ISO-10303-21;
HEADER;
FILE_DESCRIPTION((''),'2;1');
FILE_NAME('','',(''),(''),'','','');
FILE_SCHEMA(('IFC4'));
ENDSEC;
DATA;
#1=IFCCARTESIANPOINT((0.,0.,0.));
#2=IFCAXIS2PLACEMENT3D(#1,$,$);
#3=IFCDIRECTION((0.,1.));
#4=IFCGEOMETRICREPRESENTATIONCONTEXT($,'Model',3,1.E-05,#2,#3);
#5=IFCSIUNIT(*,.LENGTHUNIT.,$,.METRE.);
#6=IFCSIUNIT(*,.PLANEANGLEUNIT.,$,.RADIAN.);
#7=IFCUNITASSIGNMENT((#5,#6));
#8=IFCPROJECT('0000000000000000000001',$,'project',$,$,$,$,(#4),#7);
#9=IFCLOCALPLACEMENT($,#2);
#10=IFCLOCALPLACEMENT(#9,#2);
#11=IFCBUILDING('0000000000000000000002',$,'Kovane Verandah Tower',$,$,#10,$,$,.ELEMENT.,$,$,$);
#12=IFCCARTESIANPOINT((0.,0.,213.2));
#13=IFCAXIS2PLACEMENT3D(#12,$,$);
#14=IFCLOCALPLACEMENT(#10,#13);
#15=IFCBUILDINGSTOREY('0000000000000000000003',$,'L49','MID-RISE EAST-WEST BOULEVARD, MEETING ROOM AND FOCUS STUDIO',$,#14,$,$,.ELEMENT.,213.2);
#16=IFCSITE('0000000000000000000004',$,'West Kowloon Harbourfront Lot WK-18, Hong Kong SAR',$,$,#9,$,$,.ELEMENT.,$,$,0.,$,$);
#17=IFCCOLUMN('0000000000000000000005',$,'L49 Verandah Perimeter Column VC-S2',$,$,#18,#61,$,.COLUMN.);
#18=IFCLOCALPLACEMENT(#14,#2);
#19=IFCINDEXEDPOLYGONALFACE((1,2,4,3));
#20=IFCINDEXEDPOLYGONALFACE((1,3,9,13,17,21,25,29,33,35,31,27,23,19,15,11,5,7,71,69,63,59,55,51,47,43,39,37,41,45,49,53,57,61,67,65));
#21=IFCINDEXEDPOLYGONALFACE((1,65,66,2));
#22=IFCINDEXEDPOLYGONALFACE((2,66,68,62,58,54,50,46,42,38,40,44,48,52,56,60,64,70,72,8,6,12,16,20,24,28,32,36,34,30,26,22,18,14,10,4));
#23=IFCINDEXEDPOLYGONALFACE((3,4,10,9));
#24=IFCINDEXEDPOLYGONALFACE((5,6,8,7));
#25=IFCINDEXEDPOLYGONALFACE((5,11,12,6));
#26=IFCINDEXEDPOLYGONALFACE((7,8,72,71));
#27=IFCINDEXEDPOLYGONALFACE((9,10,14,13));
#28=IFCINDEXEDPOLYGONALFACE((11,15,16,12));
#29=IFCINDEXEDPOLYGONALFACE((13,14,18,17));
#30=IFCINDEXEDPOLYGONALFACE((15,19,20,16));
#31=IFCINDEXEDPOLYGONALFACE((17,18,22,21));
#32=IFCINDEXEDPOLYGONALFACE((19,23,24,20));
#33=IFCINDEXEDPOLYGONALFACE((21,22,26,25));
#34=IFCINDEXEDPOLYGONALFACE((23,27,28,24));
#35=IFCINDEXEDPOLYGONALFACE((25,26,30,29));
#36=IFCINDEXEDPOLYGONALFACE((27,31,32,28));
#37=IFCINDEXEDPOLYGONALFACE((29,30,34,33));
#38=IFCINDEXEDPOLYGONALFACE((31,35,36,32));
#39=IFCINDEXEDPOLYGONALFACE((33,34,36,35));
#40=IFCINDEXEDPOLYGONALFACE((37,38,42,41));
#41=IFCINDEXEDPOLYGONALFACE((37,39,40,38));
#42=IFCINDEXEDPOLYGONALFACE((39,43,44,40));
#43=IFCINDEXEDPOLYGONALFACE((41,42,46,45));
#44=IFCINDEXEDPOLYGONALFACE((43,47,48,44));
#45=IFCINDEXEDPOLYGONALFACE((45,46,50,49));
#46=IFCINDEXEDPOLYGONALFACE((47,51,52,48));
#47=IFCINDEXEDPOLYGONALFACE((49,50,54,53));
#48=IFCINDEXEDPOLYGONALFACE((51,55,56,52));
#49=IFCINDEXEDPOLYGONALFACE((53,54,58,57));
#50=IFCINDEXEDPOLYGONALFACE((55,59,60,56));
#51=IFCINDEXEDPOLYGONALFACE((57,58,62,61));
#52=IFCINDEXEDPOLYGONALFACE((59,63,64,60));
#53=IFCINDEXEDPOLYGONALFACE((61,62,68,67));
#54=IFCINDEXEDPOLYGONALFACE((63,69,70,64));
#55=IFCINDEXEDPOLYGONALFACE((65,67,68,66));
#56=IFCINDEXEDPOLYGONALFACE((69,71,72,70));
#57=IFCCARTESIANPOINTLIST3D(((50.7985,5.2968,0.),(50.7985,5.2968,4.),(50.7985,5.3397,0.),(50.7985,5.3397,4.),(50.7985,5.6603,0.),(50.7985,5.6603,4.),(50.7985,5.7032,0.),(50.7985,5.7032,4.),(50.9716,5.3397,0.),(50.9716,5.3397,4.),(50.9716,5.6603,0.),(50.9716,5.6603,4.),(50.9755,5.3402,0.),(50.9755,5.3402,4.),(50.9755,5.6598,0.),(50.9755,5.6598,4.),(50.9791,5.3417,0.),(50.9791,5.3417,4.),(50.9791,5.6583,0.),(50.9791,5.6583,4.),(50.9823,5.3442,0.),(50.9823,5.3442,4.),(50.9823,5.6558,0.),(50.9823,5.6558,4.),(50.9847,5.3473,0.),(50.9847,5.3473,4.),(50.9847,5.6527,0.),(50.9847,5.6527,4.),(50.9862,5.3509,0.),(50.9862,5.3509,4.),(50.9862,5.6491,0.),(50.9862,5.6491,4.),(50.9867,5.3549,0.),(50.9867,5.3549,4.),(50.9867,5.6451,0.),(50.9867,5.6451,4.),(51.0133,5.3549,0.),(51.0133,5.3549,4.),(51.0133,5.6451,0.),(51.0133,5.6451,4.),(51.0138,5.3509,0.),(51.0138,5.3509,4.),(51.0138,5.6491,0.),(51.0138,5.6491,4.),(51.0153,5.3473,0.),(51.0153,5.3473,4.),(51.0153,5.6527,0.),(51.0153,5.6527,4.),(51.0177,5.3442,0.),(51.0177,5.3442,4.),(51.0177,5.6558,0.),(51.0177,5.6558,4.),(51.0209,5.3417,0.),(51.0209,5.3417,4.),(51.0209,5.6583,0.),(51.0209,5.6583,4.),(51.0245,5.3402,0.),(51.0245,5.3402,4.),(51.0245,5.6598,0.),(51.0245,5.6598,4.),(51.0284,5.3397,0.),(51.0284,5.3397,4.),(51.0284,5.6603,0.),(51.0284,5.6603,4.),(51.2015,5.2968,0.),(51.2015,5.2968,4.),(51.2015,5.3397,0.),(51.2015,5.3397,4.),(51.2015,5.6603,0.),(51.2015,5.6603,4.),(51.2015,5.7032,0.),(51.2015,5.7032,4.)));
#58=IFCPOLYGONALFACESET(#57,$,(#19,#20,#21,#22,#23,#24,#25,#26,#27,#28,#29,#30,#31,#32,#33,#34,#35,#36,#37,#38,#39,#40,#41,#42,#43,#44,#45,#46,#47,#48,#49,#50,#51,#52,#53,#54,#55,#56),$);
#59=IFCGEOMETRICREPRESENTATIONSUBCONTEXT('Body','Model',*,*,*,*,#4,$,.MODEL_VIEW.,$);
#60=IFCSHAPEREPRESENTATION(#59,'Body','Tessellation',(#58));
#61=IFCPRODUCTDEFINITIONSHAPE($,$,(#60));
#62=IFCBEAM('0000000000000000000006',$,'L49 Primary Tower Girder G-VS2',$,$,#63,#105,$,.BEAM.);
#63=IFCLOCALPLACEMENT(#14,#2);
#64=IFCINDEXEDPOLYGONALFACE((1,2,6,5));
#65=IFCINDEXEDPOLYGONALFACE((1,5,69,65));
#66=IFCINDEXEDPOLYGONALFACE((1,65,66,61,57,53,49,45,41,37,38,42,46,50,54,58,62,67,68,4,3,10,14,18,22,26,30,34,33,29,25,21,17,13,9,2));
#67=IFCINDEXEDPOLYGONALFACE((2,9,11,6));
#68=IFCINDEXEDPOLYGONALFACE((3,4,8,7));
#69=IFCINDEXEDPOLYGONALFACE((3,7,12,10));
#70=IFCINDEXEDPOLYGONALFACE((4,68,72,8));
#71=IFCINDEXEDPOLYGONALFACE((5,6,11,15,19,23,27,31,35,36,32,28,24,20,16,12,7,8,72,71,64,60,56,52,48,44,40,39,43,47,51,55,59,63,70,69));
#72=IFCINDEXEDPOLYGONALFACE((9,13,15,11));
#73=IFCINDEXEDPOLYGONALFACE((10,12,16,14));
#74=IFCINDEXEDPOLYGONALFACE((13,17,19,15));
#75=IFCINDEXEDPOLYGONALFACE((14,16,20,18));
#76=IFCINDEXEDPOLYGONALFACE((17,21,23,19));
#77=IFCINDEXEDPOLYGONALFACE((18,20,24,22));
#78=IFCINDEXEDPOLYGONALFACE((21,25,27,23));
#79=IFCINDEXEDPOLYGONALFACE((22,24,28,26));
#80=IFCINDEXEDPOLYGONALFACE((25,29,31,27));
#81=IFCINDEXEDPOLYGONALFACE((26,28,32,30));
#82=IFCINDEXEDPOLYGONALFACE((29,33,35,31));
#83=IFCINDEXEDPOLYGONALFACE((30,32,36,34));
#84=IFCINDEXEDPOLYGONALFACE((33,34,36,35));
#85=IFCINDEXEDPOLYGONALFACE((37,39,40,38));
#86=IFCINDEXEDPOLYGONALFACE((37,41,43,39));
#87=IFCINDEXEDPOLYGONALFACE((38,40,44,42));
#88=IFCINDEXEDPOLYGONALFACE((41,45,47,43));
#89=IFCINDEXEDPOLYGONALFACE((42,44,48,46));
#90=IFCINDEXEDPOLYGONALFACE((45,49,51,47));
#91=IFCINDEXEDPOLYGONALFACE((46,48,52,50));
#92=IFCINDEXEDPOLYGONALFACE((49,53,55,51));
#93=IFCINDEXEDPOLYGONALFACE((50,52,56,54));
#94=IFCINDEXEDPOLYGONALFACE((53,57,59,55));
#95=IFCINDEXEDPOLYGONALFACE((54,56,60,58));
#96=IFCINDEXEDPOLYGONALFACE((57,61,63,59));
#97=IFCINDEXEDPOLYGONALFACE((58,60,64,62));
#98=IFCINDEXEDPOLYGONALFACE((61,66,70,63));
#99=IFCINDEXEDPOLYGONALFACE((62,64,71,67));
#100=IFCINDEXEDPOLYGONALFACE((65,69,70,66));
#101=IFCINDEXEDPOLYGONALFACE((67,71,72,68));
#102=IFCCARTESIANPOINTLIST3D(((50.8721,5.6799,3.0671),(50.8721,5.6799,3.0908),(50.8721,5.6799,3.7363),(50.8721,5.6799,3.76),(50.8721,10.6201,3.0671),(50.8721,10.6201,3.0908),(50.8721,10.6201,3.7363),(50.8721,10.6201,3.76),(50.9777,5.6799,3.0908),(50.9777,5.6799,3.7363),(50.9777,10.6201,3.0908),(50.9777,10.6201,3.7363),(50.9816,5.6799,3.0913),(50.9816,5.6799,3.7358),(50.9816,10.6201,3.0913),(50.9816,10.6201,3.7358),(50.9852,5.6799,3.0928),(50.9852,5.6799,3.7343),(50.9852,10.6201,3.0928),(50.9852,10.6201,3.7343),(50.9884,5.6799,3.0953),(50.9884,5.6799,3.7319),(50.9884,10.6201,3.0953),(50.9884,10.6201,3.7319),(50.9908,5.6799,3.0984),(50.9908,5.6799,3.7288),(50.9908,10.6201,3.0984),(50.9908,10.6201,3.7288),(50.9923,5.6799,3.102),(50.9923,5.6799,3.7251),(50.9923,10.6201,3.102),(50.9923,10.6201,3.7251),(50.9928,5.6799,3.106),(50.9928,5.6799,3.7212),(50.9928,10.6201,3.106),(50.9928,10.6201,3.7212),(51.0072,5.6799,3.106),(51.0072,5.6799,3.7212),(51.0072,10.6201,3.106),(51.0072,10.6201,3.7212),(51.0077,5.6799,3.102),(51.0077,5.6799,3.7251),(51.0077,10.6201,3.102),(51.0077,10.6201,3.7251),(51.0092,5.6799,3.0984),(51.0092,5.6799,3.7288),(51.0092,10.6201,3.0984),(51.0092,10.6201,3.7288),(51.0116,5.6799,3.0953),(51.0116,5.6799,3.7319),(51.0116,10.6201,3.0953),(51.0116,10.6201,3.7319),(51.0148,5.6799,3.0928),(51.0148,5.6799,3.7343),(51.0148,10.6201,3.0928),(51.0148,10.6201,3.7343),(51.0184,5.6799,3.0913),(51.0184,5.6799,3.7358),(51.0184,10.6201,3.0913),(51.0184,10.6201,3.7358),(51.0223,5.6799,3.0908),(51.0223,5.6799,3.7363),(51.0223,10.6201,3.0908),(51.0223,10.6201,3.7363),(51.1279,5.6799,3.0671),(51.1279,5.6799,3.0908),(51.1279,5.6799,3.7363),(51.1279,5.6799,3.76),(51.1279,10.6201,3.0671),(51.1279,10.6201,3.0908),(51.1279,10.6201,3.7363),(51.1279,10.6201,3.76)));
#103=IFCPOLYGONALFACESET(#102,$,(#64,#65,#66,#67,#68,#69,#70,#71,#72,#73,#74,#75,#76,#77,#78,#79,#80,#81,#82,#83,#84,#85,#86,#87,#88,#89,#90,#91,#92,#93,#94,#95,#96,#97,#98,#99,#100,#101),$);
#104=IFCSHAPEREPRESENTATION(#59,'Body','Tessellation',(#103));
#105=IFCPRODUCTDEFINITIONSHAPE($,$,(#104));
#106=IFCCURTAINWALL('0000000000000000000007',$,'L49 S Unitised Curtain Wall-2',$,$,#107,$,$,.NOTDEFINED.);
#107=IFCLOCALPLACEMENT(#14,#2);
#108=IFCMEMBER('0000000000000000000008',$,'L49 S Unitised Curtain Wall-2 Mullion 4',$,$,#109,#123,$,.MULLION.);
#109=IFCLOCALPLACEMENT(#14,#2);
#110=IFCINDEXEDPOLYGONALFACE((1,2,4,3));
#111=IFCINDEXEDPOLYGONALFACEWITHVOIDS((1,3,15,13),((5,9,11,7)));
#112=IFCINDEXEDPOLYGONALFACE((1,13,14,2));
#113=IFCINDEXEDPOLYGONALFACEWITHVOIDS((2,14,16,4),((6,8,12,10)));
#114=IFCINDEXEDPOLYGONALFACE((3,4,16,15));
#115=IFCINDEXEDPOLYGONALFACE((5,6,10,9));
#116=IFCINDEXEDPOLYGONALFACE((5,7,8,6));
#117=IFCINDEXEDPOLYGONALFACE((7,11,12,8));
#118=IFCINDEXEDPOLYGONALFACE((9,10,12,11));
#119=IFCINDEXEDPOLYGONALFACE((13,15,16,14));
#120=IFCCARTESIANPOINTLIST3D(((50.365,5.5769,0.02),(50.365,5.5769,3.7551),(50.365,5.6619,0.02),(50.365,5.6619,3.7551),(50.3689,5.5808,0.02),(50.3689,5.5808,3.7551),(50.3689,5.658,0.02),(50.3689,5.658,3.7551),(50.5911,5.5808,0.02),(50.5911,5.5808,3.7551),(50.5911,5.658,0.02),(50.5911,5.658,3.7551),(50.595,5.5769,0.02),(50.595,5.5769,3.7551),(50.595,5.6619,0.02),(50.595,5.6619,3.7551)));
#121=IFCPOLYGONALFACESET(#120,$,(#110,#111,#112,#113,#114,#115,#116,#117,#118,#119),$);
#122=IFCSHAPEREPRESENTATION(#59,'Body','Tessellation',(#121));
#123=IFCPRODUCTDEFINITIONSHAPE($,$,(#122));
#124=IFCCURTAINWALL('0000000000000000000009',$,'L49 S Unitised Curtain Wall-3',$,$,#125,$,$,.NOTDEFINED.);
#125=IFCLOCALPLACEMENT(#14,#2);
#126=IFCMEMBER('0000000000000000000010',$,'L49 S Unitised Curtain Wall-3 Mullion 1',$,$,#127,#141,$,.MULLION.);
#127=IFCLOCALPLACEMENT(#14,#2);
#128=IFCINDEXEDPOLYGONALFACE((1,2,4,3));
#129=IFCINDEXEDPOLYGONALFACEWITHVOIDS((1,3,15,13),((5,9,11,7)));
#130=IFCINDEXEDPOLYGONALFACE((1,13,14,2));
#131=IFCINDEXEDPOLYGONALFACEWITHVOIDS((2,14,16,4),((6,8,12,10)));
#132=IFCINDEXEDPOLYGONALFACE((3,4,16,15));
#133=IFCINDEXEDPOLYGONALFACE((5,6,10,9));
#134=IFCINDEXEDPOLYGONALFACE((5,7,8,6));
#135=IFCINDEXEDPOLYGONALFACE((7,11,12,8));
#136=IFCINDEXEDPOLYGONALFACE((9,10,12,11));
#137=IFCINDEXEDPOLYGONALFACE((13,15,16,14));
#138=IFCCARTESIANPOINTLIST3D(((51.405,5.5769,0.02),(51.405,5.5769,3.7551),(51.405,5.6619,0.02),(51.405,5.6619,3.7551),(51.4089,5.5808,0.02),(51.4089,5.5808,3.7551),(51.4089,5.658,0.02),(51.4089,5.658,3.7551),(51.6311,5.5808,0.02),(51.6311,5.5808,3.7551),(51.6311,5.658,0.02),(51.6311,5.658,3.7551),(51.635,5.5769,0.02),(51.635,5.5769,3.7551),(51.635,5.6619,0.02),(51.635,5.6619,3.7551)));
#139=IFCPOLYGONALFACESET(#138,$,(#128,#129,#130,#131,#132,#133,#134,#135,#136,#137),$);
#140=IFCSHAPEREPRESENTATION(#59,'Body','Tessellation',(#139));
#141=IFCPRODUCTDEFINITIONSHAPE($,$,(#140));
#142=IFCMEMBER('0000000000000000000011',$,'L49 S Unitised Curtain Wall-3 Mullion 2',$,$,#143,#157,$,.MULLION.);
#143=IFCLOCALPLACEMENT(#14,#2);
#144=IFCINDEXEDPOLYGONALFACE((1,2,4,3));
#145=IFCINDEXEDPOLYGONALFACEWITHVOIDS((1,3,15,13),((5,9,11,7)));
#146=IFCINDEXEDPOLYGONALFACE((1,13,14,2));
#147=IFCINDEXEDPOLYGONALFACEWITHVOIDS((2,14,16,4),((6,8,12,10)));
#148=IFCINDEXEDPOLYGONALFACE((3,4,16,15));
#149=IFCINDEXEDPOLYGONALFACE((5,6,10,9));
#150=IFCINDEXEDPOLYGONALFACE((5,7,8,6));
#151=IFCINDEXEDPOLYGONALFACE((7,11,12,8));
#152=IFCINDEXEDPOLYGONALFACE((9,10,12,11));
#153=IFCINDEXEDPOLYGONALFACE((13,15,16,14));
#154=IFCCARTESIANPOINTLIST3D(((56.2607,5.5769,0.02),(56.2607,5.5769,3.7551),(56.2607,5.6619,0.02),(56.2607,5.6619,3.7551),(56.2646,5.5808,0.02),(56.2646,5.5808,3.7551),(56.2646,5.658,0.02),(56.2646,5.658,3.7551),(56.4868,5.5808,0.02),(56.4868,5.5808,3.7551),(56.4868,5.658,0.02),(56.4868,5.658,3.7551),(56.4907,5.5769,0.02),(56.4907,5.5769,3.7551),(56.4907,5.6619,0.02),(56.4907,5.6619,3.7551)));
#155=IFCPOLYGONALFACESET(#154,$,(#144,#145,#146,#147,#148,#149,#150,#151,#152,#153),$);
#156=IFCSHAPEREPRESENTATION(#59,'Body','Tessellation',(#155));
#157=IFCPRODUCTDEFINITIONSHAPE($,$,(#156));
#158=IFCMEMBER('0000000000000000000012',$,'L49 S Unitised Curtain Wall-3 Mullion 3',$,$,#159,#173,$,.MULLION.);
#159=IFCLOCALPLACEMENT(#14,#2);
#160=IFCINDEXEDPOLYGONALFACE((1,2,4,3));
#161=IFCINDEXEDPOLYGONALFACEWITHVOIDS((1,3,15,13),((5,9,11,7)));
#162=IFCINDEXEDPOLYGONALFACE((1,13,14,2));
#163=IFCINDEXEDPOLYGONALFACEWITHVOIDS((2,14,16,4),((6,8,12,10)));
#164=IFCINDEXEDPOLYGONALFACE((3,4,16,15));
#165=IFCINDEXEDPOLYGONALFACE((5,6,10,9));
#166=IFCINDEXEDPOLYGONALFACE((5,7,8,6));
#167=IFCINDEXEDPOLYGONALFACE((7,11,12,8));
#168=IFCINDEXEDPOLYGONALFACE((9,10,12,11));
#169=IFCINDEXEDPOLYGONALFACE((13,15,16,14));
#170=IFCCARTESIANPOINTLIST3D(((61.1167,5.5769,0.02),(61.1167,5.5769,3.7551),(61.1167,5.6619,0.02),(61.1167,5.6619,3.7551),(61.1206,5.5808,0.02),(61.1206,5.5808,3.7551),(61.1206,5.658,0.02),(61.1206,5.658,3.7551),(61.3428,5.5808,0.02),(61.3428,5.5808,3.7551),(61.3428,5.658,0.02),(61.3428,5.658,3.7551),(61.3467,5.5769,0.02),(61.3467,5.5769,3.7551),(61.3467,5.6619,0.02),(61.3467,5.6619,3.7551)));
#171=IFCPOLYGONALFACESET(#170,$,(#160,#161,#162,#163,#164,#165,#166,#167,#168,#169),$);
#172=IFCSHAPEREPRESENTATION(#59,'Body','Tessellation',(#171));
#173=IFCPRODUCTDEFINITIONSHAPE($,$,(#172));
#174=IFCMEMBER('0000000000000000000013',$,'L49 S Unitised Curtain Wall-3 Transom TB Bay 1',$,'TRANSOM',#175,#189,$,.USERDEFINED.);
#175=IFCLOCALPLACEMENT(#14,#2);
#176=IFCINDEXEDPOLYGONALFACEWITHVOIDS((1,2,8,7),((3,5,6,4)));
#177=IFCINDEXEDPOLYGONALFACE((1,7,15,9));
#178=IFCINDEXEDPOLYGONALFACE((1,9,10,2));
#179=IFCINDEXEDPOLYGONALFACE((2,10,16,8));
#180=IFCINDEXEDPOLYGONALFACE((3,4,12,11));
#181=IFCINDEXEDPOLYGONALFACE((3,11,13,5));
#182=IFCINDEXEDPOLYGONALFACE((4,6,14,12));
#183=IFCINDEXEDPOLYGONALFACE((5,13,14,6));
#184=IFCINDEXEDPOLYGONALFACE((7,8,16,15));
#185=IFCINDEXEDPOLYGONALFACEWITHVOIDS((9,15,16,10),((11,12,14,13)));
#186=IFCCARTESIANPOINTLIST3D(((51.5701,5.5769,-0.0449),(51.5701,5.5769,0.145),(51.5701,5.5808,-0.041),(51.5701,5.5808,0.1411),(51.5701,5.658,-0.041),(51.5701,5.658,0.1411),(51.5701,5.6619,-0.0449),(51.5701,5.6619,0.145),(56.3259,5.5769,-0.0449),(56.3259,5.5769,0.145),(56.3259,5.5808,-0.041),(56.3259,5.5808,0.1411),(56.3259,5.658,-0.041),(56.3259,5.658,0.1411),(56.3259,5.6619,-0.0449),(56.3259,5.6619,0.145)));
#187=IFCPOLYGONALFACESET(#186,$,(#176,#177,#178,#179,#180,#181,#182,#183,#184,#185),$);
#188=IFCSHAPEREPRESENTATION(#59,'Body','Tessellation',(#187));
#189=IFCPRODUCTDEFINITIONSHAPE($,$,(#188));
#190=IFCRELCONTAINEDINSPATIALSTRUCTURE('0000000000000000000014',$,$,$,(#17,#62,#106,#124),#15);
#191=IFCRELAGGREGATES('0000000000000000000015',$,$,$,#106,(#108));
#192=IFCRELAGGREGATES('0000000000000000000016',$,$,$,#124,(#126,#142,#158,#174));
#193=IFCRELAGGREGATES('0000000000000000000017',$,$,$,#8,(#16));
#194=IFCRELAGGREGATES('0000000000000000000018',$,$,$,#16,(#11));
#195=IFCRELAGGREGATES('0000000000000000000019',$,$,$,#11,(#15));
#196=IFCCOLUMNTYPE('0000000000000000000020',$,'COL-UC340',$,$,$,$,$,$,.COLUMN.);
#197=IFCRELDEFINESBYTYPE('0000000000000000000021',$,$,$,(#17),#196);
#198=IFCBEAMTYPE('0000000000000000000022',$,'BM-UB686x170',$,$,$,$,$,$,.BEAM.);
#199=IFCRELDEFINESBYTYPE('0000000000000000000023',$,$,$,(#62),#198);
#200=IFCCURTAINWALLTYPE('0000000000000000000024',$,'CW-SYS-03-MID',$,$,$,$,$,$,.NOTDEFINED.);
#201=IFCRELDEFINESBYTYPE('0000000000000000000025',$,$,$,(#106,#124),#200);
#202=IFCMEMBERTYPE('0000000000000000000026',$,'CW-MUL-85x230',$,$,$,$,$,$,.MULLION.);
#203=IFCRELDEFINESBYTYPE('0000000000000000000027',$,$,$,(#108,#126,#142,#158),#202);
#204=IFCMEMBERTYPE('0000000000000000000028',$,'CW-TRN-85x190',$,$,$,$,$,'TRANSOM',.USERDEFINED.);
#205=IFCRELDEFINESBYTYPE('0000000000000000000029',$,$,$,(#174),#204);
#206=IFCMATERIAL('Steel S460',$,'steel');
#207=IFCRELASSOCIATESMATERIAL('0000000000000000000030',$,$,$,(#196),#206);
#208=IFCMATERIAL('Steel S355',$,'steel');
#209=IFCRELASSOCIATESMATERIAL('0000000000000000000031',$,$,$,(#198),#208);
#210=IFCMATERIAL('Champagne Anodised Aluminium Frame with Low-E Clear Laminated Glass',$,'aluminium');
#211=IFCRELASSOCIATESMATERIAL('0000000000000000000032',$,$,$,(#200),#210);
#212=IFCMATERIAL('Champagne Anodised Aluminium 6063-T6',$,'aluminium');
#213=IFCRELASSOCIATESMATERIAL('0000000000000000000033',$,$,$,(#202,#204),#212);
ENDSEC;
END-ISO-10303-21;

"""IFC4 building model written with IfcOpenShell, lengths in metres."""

from ifc_helpers import new_model, si_unit, direction, frame, origin, origin_2d, place, context, subcontext, project, spatial, hollow_rectangle, i_section, extrude, material, material_profile, profile_set, type_object, element, aggregate, save


model = new_model("IFC4")

# Units and contexts
model_context = context("Model", 3, precision=1e-05, world=origin(), true_north=direction((0.0, 1.0)))
body_context = subcontext(model_context, "Body", "Model", "MODEL_VIEW")
ifc_project = project(units=[si_unit("LENGTHUNIT", "METRE"), si_unit("PLANEANGLEUNIT", "RADIAN")], contexts=[model_context])

# Site, building, storey
site_placement = place(None, origin())
site = spatial("IfcSite", under=ifc_project, at=site_placement, Name="West Kowloon Harbourfront Lot WK-18, Hong Kong SAR", CompositionType="ELEMENT", RefElevation=0.0)
building_placement = place(site_placement, origin())
building = spatial("IfcBuilding", under=site, at=building_placement, Name="Kovane Verandah Tower", CompositionType="ELEMENT")
storey_placement = place(building_placement, frame((0.0, 0.0, 213.2)))
storey = spatial("IfcBuildingStorey", under=building, at=storey_placement, Name="L49", Description="MID-RISE EAST-WEST BOULEVARD, MEETING ROOM AND FOCUS STUDIO", CompositionType="ELEMENT", Elevation=213.2)

# Column
ifc_material_1 = material(Name="Steel S460", Category="steel")
ifc_material_profile_1 = material_profile(ifc_material_1, i_section(OverallWidth=0.4031, OverallDepth=0.4065, WebThickness=0.0266, FlangeThickness=0.043, FilletRadius=0.0151, at=origin_2d()), Name="UC356x406x340")
ifc_profile_set_1 = profile_set([ifc_material_profile_1], Name="Steel S460")
column_type = type_object("IfcColumnType", Name="COL-UC340", PredefinedType="COLUMN", material=ifc_profile_set_1)
column_placement = place(storey_placement, frame((51.0, 5.5, 0.0), z_axis=(0.0, 0.0, 1.0), x_axis=(1.0, 0.0, 0.0)))
element("IfcColumn", 1, at=column_placement, inside=storey, type_object=column_type, Name="L49 Verandah Perimeter Column VC-S2", PredefinedType="COLUMN", context=body_context, shape_type="SweptSolid", body=[
    extrude(i_section(OverallWidth=0.4031, OverallDepth=0.4065, WebThickness=0.0266, FlangeThickness=0.043, FilletRadius=0.0151, at=origin_2d()), origin(), (0.0, 0.0, 1.0), 4.0),
])

# Beam
ifc_material_2 = material(Name="Steel S355", Category="steel")
ifc_material_profile_2 = material_profile(ifc_material_2, i_section(OverallWidth=0.2559, OverallDepth=0.6929, WebThickness=0.0144, FlangeThickness=0.0237, FilletRadius=0.0151, at=origin_2d()), Name="UB686x254x170")
ifc_profile_set_2 = profile_set([ifc_material_profile_2], Name="Steel S355")
beam_type = type_object("IfcBeamType", Name="BM-UB686x170", PredefinedType="BEAM", material=ifc_profile_set_2)
beam_placement = place(storey_placement, frame((51.0, 10.6201, 3.4136), z_axis=(0.0, -1.0, 0.0), x_axis=(1.0, 0.0, 0.0)))
element("IfcBeam", 2, at=beam_placement, inside=storey, type_object=beam_type, Name="L49 Primary Tower Girder G-VS2", PredefinedType="BEAM", context=body_context, shape_type="SweptSolid", body=[
    extrude(i_section(OverallWidth=0.2559, OverallDepth=0.6929, WebThickness=0.0144, FlangeThickness=0.0237, FilletRadius=0.0151, at=origin_2d()), origin(), (0.0, 0.0, 1.0), 4.9402),
])

# Curtain wall, member
ifc_material_3 = material(Name="Champagne Anodised Aluminium Frame with Low-E Clear Laminated Glass", Category="aluminium")
curtain_wall_type = type_object("IfcCurtainWallType", Name="CW-SYS-03-MID", PredefinedType="NOTDEFINED", material=ifc_material_3)
curtain_wall_1_placement = place(storey_placement, origin())
curtain_wall_1 = element("IfcCurtainWall", 3, at=curtain_wall_1_placement, inside=storey, type_object=curtain_wall_type, Name="L49 S Unitised Curtain Wall-2", PredefinedType="NOTDEFINED")
ifc_material_4 = material(Name="Champagne Anodised Aluminium 6063-T6", Category="aluminium")
ifc_material_profile_3 = material_profile(ifc_material_4, hollow_rectangle(XDim=0.085, YDim=0.23, WallThickness=0.0039, at=origin_2d()), Name="AL85x230x4")
ifc_profile_set_3 = profile_set([ifc_material_profile_3], Name="Champagne Anodised Aluminium 6063-T6")
member_type_1 = type_object("IfcMemberType", Name="CW-MUL-85x230", PredefinedType="MULLION", material=ifc_profile_set_3)
member_1_placement = place(storey_placement, frame((50.48, 5.6194, 0.02), z_axis=(0.0, 0.0, 1.0), x_axis=(0.0, -1.0, 0.0)))
member_1 = element("IfcMember", 4, at=member_1_placement, type_object=member_type_1, Name="L49 S Unitised Curtain Wall-2 Mullion 4", PredefinedType="MULLION", context=body_context, shape_type="SweptSolid", body=[
    extrude(hollow_rectangle(XDim=0.085, YDim=0.23, WallThickness=0.0039, at=origin_2d()), origin(), (0.0, 0.0, 1.0), 3.7351),
])
aggregate(curtain_wall_1, [member_1])

# Curtain wall, members
curtain_wall_2_placement = place(storey_placement, origin())
curtain_wall_2 = element("IfcCurtainWall", 5, at=curtain_wall_2_placement, inside=storey, type_object=curtain_wall_type, Name="L49 S Unitised Curtain Wall-3", PredefinedType="NOTDEFINED")
member_2_placement = place(storey_placement, frame((51.52, 5.6194, 0.02), z_axis=(0.0, 0.0, 1.0), x_axis=(0.0, -1.0, 0.0)))
member_2 = element("IfcMember", 6, at=member_2_placement, type_object=member_type_1, Name="L49 S Unitised Curtain Wall-3 Mullion 1", PredefinedType="MULLION", context=body_context, shape_type="SweptSolid", body=[
    extrude(hollow_rectangle(XDim=0.085, YDim=0.23, WallThickness=0.0039, at=origin_2d()), origin(), (0.0, 0.0, 1.0), 3.7351),
])
member_3_placement = place(storey_placement, frame((56.3757, 5.6194, 0.02), z_axis=(0.0, 0.0, 1.0), x_axis=(0.0, -1.0, 0.0)))
member_3 = element("IfcMember", 7, at=member_3_placement, type_object=member_type_1, Name="L49 S Unitised Curtain Wall-3 Mullion 2", PredefinedType="MULLION", context=body_context, shape_type="SweptSolid", body=[
    extrude(hollow_rectangle(XDim=0.085, YDim=0.23, WallThickness=0.0039, at=origin_2d()), origin(), (0.0, 0.0, 1.0), 3.7351),
])
member_4_placement = place(storey_placement, frame((61.2317, 5.6194, 0.02), z_axis=(0.0, 0.0, 1.0), x_axis=(0.0, -1.0, 0.0)))
member_4 = element("IfcMember", 8, at=member_4_placement, type_object=member_type_1, Name="L49 S Unitised Curtain Wall-3 Mullion 3", PredefinedType="MULLION", context=body_context, shape_type="SweptSolid", body=[
    extrude(hollow_rectangle(XDim=0.085, YDim=0.23, WallThickness=0.0039, at=origin_2d()), origin(), (0.0, 0.0, 1.0), 3.7351),
])
ifc_material_profile_4 = material_profile(ifc_material_4, hollow_rectangle(XDim=0.085, YDim=0.1899, WallThickness=0.0039, at=origin_2d()), Name="AL85x190x4")
ifc_profile_set_4 = profile_set([ifc_material_profile_4], Name="Champagne Anodised Aluminium 6063-T6")
member_type_2 = type_object("IfcMemberType", Name="CW-TRN-85x190", ElementType="TRANSOM", PredefinedType="USERDEFINED", material=ifc_profile_set_4)
member_5_placement = place(storey_placement, frame((51.5701, 5.6194, 0.05), z_axis=(1.0, 0.0, 0.0), x_axis=(0.0, 1.0, 0.0)))
member_5 = element("IfcMember", 9, at=member_5_placement, type_object=member_type_2, Name="L49 S Unitised Curtain Wall-3 Transom TB Bay 1", ObjectType="TRANSOM", PredefinedType="USERDEFINED", context=body_context, shape_type="SweptSolid", body=[
    extrude(hollow_rectangle(XDim=0.085, YDim=0.1899, WallThickness=0.0039, at=origin_2d()), origin(), (0.0, 0.0, 1.0), 4.7559),
])
aggregate(curtain_wall_2, [member_2, member_3, member_4, member_5])

save(model, "model.ifc")
